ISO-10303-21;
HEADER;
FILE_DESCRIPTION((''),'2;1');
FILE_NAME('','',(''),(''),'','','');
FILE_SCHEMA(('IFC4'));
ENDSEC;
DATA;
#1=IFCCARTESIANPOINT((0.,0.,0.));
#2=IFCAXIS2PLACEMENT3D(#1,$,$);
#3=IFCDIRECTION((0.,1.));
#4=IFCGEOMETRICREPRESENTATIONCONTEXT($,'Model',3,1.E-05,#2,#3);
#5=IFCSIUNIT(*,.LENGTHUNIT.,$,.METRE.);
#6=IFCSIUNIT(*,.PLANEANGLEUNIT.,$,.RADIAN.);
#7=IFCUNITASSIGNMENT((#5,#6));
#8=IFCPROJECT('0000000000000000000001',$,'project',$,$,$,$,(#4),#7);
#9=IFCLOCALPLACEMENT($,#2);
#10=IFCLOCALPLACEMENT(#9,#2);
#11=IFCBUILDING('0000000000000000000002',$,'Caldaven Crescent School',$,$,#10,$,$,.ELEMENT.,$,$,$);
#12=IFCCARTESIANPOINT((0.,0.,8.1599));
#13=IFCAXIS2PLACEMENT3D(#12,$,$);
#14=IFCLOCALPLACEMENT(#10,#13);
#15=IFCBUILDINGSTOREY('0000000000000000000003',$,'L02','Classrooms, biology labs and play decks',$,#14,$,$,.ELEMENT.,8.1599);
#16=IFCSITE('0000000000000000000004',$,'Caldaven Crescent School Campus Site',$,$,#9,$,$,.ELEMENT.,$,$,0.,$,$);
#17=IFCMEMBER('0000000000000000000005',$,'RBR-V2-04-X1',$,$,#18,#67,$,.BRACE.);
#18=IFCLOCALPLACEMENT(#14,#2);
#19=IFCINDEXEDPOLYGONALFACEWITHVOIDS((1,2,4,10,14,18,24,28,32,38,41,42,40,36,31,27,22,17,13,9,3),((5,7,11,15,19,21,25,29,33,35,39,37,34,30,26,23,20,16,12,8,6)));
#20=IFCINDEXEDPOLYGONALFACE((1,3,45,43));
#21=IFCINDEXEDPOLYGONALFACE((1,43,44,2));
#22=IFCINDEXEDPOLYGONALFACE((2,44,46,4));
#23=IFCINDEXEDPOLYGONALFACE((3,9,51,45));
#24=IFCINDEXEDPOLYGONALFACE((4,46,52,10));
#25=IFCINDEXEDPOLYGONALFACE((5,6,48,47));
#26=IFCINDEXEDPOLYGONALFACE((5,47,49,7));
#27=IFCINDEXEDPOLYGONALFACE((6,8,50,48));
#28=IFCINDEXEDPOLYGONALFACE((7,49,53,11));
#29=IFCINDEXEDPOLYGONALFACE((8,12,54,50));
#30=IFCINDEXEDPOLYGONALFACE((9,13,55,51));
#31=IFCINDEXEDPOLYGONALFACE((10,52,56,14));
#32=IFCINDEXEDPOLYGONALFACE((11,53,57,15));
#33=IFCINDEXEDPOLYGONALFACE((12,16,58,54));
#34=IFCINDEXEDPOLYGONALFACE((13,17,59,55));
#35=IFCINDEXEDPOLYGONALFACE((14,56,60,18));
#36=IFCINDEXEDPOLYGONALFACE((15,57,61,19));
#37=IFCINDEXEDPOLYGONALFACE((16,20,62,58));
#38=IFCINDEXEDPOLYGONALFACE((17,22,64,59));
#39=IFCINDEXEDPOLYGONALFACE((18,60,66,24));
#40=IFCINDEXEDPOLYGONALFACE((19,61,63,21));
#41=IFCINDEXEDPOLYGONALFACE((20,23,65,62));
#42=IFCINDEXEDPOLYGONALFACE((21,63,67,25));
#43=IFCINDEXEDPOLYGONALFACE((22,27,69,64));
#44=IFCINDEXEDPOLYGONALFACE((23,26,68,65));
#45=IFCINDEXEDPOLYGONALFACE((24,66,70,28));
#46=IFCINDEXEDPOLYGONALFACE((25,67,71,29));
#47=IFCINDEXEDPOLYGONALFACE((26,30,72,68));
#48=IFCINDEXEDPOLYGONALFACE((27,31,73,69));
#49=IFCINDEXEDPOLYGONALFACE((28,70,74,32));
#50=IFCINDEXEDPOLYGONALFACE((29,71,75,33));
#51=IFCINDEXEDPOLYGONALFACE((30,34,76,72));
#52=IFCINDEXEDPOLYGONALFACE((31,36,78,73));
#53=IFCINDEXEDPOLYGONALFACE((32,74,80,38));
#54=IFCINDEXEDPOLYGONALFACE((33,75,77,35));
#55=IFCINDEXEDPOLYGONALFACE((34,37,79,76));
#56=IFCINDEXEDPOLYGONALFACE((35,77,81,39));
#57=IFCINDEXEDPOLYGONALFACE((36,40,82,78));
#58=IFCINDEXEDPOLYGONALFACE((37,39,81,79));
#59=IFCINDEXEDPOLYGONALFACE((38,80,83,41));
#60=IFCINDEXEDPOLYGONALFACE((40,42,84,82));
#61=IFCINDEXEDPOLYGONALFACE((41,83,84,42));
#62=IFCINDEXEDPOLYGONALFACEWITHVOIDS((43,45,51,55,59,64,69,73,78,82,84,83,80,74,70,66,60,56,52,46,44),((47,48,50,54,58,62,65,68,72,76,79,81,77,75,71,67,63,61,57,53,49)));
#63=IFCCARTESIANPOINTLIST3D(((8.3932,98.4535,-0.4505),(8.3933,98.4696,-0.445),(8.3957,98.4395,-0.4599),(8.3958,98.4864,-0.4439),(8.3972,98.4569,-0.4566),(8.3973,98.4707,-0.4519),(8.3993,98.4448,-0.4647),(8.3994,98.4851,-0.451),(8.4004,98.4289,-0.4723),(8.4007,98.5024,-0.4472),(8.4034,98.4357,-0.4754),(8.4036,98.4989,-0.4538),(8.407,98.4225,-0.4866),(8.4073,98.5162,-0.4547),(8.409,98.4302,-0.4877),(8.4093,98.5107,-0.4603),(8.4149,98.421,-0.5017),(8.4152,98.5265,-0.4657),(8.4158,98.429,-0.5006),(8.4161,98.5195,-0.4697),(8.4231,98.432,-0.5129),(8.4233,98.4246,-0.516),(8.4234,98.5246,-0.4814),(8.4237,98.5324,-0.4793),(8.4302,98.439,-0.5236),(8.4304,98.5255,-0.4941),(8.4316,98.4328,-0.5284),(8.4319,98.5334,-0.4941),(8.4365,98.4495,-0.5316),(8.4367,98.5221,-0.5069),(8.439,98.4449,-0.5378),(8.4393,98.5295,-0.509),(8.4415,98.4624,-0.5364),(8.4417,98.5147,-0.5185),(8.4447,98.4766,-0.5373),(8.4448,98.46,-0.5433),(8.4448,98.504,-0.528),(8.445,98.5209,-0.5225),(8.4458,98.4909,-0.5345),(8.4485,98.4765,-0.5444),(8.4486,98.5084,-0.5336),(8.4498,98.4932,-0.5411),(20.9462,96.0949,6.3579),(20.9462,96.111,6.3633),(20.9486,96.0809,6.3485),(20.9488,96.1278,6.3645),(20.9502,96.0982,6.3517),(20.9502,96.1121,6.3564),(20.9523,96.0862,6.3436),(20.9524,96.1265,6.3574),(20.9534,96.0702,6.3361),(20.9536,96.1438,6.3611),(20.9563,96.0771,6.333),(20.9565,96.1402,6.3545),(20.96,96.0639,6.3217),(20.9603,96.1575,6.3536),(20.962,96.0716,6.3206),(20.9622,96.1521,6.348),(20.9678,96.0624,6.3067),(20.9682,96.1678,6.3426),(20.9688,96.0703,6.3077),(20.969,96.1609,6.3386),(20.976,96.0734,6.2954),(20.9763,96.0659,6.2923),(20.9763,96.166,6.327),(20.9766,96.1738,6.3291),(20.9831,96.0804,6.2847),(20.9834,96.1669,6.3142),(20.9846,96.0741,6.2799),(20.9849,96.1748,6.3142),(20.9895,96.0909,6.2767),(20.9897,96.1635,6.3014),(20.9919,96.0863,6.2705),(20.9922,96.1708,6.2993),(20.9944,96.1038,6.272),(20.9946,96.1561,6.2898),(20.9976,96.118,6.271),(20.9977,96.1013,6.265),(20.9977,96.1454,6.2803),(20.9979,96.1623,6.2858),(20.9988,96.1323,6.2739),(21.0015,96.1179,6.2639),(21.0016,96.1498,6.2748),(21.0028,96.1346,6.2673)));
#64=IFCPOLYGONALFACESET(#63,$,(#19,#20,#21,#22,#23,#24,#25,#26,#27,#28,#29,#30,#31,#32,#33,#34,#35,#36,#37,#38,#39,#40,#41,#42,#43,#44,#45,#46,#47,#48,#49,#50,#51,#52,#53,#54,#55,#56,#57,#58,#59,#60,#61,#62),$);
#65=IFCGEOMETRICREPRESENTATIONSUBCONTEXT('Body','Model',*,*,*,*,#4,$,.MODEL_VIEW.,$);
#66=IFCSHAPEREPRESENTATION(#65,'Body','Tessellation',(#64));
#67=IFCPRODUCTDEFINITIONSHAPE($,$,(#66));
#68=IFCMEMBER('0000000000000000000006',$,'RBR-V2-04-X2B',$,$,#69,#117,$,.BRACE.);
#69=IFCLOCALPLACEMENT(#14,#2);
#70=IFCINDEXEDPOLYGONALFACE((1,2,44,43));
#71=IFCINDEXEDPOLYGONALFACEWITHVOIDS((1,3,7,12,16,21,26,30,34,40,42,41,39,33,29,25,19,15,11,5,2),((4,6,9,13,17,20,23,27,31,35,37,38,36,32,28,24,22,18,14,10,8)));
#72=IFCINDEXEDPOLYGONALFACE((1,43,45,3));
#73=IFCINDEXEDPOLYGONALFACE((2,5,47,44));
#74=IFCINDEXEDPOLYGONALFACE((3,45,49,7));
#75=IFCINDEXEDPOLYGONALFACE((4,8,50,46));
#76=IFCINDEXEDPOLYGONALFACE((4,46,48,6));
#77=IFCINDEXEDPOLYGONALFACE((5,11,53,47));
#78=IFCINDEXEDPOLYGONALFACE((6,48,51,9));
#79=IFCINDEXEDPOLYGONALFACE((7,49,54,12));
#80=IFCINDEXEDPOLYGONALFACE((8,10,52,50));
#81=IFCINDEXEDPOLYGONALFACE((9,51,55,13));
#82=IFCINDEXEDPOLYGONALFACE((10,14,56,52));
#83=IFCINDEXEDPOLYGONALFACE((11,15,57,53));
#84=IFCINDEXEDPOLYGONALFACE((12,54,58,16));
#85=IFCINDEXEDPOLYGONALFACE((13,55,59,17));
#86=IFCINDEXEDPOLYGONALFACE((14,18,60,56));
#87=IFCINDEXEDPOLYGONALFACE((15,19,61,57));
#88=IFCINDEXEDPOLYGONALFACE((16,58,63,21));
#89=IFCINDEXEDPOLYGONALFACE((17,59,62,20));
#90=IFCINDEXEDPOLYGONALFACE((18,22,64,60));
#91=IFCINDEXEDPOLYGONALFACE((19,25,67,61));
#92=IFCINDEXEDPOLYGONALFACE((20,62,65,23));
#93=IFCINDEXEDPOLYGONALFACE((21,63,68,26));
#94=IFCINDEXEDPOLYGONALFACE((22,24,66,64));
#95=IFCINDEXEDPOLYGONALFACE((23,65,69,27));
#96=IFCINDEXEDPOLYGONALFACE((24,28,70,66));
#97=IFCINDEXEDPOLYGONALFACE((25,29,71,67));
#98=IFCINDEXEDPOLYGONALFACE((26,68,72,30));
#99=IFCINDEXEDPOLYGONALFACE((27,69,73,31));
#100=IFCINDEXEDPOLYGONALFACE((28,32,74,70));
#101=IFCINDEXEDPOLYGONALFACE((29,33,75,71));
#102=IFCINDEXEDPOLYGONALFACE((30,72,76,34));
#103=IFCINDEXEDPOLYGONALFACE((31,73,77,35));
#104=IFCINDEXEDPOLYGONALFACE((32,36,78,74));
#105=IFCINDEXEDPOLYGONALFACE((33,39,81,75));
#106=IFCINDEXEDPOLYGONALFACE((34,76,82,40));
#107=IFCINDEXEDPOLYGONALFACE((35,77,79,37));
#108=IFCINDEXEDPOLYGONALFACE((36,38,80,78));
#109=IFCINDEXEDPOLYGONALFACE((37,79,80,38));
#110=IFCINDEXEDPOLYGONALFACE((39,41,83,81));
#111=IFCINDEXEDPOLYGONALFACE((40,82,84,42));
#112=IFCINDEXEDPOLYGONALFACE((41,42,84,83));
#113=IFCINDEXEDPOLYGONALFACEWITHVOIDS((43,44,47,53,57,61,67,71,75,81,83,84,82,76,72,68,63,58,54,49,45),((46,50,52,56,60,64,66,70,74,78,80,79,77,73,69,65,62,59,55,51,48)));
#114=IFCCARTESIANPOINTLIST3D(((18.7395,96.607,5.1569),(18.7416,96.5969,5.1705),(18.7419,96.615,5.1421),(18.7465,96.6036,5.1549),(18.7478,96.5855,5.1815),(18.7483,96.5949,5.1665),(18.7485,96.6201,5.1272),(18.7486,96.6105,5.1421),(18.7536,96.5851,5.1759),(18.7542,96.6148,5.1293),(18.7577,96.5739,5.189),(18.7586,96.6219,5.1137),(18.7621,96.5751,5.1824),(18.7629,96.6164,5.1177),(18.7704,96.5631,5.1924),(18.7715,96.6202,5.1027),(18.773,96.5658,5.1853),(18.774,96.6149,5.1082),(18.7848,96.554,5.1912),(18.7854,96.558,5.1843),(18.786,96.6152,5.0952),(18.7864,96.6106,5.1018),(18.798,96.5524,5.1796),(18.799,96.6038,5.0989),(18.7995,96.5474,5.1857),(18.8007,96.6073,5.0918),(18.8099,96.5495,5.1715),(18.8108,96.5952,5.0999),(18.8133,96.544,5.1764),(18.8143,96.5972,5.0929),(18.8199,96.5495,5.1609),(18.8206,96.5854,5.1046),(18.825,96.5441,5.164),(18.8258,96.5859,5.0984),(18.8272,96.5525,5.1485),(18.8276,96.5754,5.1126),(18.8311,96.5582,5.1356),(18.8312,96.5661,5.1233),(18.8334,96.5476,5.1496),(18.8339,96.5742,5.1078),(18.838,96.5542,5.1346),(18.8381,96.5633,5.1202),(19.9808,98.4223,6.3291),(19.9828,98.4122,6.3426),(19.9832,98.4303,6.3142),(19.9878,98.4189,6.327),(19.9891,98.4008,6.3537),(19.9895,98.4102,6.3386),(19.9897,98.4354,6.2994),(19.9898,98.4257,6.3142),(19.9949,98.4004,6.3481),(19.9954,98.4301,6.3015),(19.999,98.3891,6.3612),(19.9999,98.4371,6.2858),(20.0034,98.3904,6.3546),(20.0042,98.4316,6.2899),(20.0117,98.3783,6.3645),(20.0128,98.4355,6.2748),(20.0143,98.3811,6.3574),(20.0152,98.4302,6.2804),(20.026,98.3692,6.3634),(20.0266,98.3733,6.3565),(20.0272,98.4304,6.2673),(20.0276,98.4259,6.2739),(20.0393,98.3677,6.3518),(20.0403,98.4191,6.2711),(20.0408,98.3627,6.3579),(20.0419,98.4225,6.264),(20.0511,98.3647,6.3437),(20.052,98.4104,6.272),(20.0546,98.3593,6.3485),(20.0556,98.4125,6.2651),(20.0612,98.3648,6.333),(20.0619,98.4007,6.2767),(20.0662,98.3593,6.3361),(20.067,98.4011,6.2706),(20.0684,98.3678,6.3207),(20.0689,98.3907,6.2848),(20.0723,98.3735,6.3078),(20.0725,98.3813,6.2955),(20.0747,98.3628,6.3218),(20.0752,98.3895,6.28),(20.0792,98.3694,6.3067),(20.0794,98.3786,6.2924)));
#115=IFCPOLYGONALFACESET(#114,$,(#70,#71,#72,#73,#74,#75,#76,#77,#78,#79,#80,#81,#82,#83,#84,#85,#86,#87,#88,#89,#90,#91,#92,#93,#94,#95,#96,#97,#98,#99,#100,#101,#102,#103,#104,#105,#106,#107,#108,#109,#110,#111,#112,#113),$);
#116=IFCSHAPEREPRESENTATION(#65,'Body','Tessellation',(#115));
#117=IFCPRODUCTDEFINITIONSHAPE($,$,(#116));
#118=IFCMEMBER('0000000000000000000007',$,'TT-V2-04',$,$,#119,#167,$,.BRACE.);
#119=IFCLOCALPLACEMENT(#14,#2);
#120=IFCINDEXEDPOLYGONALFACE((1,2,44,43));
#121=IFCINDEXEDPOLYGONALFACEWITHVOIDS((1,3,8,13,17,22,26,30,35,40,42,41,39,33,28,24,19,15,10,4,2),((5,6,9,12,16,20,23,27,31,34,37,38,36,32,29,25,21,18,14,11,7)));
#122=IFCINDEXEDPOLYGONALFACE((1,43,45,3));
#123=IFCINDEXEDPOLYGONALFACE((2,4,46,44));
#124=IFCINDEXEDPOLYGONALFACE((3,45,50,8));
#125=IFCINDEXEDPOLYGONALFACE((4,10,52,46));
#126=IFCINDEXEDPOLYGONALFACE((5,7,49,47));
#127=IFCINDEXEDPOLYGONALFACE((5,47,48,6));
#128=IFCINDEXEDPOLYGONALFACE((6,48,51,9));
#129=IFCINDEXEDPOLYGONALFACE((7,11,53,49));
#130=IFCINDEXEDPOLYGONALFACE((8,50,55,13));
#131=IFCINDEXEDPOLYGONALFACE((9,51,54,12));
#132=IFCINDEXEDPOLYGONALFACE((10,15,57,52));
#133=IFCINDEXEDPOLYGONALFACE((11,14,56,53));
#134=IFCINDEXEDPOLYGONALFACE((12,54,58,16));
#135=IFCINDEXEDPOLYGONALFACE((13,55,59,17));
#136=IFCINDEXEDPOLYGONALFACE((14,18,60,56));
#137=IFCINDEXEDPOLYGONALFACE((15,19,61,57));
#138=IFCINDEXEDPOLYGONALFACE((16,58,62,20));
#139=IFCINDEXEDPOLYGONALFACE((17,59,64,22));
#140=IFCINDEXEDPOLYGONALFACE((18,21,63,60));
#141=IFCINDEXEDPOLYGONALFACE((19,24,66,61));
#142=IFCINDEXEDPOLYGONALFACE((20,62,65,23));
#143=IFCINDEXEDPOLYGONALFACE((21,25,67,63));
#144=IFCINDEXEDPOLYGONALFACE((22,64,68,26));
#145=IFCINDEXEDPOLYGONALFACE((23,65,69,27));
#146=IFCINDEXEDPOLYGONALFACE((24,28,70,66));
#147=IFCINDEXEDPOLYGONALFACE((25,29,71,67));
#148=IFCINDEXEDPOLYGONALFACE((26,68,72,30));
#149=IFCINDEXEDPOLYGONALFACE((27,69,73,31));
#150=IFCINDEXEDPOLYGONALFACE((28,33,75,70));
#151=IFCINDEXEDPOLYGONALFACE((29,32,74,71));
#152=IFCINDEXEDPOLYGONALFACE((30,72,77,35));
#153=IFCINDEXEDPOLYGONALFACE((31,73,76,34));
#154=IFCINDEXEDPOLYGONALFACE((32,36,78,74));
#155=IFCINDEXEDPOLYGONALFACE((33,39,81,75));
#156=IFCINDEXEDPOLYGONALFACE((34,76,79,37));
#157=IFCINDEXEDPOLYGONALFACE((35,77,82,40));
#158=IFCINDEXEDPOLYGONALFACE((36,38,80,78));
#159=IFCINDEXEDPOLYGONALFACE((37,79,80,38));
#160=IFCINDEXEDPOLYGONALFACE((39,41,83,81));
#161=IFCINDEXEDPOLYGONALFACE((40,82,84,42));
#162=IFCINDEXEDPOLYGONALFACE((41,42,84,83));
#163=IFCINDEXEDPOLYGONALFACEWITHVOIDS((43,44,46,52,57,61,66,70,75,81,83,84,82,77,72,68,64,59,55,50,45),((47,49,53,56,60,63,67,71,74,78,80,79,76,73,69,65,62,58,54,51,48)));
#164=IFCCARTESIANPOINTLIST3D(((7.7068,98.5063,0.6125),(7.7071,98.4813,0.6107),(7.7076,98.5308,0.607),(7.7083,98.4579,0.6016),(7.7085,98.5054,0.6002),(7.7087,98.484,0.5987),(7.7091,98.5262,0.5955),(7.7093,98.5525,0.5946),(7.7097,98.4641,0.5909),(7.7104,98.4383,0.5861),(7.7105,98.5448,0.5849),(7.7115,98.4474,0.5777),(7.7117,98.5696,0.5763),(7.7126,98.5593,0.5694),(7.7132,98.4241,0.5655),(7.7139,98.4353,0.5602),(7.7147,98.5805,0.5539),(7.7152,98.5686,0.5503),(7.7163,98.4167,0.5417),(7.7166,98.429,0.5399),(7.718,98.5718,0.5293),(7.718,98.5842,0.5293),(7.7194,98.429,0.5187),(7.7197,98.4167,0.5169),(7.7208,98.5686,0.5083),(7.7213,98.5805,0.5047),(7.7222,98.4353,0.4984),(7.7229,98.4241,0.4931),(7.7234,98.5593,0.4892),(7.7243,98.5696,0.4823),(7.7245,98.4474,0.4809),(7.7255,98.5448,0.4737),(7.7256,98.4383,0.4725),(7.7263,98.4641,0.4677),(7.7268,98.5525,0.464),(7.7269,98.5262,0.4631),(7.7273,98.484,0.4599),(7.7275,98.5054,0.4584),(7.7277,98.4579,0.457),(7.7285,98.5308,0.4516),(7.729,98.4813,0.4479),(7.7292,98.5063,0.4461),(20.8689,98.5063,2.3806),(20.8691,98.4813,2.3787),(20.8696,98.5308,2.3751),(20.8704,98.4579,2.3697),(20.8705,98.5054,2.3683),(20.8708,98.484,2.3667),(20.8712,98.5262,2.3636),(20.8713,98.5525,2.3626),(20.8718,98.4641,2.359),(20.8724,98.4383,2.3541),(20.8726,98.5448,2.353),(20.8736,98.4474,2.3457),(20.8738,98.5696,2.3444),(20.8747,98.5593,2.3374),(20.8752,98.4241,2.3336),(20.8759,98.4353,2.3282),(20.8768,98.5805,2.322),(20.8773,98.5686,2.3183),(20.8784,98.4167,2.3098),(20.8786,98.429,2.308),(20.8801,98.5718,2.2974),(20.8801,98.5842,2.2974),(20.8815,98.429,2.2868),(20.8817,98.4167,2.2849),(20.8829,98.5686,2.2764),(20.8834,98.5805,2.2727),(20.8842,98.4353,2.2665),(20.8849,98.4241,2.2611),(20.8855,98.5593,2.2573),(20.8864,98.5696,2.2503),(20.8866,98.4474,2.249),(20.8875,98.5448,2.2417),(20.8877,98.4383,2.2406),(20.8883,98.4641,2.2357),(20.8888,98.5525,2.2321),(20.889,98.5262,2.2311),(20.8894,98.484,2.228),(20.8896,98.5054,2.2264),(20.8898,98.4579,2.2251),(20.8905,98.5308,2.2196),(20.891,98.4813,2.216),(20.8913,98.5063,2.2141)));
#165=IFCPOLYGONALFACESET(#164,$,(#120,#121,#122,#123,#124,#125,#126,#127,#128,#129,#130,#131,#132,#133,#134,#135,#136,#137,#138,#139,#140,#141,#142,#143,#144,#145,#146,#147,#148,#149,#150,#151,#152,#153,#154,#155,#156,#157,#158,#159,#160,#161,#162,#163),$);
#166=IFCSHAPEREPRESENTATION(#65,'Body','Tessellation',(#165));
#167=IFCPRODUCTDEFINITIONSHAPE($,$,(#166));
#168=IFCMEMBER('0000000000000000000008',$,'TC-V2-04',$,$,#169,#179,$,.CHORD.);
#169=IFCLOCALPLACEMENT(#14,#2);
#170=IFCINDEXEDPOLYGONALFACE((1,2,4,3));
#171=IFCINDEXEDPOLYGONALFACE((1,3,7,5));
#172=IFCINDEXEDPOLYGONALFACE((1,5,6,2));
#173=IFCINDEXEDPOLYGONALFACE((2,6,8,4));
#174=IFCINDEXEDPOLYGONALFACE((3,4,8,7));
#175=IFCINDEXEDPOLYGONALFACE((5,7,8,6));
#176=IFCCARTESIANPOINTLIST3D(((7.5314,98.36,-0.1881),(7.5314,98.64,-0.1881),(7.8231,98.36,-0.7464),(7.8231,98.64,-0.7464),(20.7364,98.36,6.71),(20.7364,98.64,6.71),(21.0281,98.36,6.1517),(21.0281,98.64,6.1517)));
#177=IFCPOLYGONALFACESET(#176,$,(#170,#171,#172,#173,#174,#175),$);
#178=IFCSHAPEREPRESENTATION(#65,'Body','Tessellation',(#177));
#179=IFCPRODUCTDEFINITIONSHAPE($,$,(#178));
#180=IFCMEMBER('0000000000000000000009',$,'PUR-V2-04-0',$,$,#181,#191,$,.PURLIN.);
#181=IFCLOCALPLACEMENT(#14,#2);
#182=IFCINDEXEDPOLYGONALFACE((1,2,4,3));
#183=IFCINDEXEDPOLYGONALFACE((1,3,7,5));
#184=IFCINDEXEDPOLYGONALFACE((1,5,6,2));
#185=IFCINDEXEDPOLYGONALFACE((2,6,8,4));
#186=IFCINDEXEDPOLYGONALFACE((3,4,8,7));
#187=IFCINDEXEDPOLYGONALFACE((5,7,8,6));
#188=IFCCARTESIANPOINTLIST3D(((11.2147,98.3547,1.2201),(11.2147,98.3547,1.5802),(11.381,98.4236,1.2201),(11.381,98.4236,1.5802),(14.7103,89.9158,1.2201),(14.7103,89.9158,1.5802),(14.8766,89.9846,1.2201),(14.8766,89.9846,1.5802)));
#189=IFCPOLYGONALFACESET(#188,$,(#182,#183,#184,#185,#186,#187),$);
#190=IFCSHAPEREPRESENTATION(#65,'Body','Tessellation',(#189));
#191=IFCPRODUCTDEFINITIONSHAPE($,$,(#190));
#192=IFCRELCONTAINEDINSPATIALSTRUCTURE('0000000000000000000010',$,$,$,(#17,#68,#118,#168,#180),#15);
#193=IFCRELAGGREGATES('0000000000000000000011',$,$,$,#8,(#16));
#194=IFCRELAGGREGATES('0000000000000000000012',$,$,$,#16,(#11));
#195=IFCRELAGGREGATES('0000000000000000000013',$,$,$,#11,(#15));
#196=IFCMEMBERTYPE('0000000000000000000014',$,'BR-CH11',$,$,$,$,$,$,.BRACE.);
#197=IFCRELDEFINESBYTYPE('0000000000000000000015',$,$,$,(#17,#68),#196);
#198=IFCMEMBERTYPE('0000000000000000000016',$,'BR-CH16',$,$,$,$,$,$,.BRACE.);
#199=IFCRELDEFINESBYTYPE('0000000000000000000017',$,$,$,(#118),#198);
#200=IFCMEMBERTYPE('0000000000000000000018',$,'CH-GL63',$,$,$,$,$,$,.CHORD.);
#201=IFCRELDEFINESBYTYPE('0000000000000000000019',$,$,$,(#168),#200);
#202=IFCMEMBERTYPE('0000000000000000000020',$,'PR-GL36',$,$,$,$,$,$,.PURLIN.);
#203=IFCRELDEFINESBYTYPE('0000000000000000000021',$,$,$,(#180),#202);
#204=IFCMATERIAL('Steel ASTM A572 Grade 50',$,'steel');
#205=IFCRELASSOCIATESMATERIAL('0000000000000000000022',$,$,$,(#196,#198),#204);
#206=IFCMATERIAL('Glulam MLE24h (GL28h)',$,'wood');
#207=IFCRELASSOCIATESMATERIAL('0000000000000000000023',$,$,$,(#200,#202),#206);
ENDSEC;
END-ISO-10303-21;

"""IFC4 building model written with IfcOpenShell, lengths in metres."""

from ifc_helpers import new_model, si_unit, direction, frame, origin, origin_2d, place, context, subcontext, project, spatial, rectangle, hollow_circle, extrude, material, material_profile, profile_set, type_object, element, save


model = new_model("IFC4")

# Units and contexts
model_context = context("Model", 3, precision=1e-05, world=origin(), true_north=direction((0.0, 1.0)))
body_context = subcontext(model_context, "Body", "Model", "MODEL_VIEW")
ifc_project = project(units=[si_unit("LENGTHUNIT", "METRE"), si_unit("PLANEANGLEUNIT", "RADIAN")], contexts=[model_context])

# Site, building, storey
site_placement = place(None, origin())
site = spatial("IfcSite", under=ifc_project, at=site_placement, Name="Caldaven Crescent School Campus Site", CompositionType="ELEMENT", RefElevation=0.0)
building_placement = place(site_placement, origin())
building = spatial("IfcBuilding", under=site, at=building_placement, Name="Caldaven Crescent School", CompositionType="ELEMENT")
storey_placement = place(building_placement, frame((0.0, 0.0, 8.1599)))
storey = spatial("IfcBuildingStorey", under=building, at=storey_placement, Name="L02", Description="Classrooms, biology labs and play decks", CompositionType="ELEMENT", Elevation=8.1599)

# Shared definitions
ifc_material_1 = material(Name="Steel ASTM A572 Grade 50", Category="steel")

# Shared definitions
ifc_material_2 = material(Name="Glulam MLE24h (GL28h)", Category="wood")

# Members
ifc_material_profile_1 = material_profile(ifc_material_1, hollow_circle(Radius=0.0571, WallThickness=0.0081, at=origin_2d()), Name="CHS 114.3x8.0")
ifc_profile_set_1 = profile_set([ifc_material_profile_1], Name="Steel ASTM A572 Grade 50")
member_type_1 = type_object("IfcMemberType", Name="BR-CH11", PredefinedType="BRACE", material=ifc_profile_set_1)
member_1_placement = place(storey_placement, frame((8.4214, 98.4773, -0.4941), z_axis=(0.867283, -0.162958, 0.470388), x_axis=(0.184664, 0.982802, 0.0)))
element("IfcMember", 1, at=member_1_placement, inside=storey, type_object=member_type_1, Name="RBR-V2-04-X1", PredefinedType="BRACE", context=body_context, shape_type="SweptSolid", body=[
    extrude(hollow_circle(Radius=0.0571, WallThickness=0.0081, at=origin_2d()), origin(), (0.0, 0.0, 1.0), 14.4739),
])
member_2_placement = place(storey_placement, frame((18.7891, 96.5828, 5.1421), z_axis=(0.498106, 0.728446, 0.470379), x_axis=(-0.825468, 0.564449, 0.0)))
element("IfcMember", 2, at=member_2_placement, inside=storey, type_object=member_type_1, Name="RBR-V2-04-X2B", PredefinedType="BRACE", context=body_context, shape_type="SweptSolid", body=[
    extrude(hollow_circle(Radius=0.0571, WallThickness=0.0081, at=origin_2d()), origin(), (0.0, 0.0, 1.0), 2.4919),
])
ifc_material_profile_2 = material_profile(ifc_material_1, hollow_circle(Radius=0.0842, WallThickness=0.0125, at=origin_2d()), Name="CHS 168.3x12.5")
ifc_profile_set_2 = profile_set([ifc_material_profile_2], Name="Steel ASTM A572 Grade 50")
member_type_2 = type_object("IfcMemberType", Name="BR-CH16", PredefinedType="BRACE", material=ifc_profile_set_2)
member_3_placement = place(storey_placement, frame((7.718, 98.5, 0.5293), z_axis=(0.991098, 0.0, 0.133134), x_axis=(0.0, 1.0, 0.0)))
element("IfcMember", 3, at=member_3_placement, inside=storey, type_object=member_type_2, Name="TT-V2-04", PredefinedType="BRACE", context=body_context, shape_type="SweptSolid", body=[
    extrude(hollow_circle(Radius=0.0842, WallThickness=0.0125, at=origin_2d()), origin(), (0.0, 0.0, 1.0), 13.2803),
])
ifc_material_profile_3 = material_profile(ifc_material_2, rectangle(XDim=0.28, YDim=0.6299, at=origin_2d()), Name="MLE 280x630")
ifc_profile_set_3 = profile_set([ifc_material_profile_3], Name="Glulam MLE24h (GL28h)")
member_type_3 = type_object("IfcMemberType", Name="CH-GL63", PredefinedType="CHORD", material=ifc_profile_set_3)
member_4_placement = place(storey_placement, frame((7.6772, 98.5, -0.4673), z_axis=(0.886348, 0.0, 0.463019), x_axis=(0.0, 1.0, 0.0)))
element("IfcMember", 4, at=member_4_placement, inside=storey, type_object=member_type_3, Name="TC-V2-04", PredefinedType="CHORD", context=body_context, shape_type="SweptSolid", body=[
    extrude(rectangle(XDim=0.28, YDim=0.6299, at=origin_2d()), origin(), (0.0, 0.0, 1.0), 14.8982),
])
ifc_material_profile_4 = material_profile(ifc_material_2, rectangle(XDim=0.1799, YDim=0.3601, at=origin_2d()), Name="MLE 180x360")
ifc_profile_set_4 = profile_set([ifc_material_profile_4], Name="Glulam MLE24h (GL28h)")
member_type_4 = type_object("IfcMemberType", Name="PR-GL36", PredefinedType="PURLIN", material=ifc_profile_set_4)
member_5_placement = place(storey_placement, frame((11.2979, 98.3892, 1.4001), z_axis=(0.38269, -0.923877, 0.0), x_axis=(0.923877, 0.38269, 0.0)))
element("IfcMember", 5, at=member_5_placement, inside=storey, type_object=member_type_4, Name="PUR-V2-04-0", PredefinedType="PURLIN", context=body_context, shape_type="SweptSolid", body=[
    extrude(rectangle(XDim=0.1799, YDim=0.3601, at=origin_2d()), origin(), (0.0, 0.0, 1.0), 9.1343),
])

save(model, "model.ifc")
